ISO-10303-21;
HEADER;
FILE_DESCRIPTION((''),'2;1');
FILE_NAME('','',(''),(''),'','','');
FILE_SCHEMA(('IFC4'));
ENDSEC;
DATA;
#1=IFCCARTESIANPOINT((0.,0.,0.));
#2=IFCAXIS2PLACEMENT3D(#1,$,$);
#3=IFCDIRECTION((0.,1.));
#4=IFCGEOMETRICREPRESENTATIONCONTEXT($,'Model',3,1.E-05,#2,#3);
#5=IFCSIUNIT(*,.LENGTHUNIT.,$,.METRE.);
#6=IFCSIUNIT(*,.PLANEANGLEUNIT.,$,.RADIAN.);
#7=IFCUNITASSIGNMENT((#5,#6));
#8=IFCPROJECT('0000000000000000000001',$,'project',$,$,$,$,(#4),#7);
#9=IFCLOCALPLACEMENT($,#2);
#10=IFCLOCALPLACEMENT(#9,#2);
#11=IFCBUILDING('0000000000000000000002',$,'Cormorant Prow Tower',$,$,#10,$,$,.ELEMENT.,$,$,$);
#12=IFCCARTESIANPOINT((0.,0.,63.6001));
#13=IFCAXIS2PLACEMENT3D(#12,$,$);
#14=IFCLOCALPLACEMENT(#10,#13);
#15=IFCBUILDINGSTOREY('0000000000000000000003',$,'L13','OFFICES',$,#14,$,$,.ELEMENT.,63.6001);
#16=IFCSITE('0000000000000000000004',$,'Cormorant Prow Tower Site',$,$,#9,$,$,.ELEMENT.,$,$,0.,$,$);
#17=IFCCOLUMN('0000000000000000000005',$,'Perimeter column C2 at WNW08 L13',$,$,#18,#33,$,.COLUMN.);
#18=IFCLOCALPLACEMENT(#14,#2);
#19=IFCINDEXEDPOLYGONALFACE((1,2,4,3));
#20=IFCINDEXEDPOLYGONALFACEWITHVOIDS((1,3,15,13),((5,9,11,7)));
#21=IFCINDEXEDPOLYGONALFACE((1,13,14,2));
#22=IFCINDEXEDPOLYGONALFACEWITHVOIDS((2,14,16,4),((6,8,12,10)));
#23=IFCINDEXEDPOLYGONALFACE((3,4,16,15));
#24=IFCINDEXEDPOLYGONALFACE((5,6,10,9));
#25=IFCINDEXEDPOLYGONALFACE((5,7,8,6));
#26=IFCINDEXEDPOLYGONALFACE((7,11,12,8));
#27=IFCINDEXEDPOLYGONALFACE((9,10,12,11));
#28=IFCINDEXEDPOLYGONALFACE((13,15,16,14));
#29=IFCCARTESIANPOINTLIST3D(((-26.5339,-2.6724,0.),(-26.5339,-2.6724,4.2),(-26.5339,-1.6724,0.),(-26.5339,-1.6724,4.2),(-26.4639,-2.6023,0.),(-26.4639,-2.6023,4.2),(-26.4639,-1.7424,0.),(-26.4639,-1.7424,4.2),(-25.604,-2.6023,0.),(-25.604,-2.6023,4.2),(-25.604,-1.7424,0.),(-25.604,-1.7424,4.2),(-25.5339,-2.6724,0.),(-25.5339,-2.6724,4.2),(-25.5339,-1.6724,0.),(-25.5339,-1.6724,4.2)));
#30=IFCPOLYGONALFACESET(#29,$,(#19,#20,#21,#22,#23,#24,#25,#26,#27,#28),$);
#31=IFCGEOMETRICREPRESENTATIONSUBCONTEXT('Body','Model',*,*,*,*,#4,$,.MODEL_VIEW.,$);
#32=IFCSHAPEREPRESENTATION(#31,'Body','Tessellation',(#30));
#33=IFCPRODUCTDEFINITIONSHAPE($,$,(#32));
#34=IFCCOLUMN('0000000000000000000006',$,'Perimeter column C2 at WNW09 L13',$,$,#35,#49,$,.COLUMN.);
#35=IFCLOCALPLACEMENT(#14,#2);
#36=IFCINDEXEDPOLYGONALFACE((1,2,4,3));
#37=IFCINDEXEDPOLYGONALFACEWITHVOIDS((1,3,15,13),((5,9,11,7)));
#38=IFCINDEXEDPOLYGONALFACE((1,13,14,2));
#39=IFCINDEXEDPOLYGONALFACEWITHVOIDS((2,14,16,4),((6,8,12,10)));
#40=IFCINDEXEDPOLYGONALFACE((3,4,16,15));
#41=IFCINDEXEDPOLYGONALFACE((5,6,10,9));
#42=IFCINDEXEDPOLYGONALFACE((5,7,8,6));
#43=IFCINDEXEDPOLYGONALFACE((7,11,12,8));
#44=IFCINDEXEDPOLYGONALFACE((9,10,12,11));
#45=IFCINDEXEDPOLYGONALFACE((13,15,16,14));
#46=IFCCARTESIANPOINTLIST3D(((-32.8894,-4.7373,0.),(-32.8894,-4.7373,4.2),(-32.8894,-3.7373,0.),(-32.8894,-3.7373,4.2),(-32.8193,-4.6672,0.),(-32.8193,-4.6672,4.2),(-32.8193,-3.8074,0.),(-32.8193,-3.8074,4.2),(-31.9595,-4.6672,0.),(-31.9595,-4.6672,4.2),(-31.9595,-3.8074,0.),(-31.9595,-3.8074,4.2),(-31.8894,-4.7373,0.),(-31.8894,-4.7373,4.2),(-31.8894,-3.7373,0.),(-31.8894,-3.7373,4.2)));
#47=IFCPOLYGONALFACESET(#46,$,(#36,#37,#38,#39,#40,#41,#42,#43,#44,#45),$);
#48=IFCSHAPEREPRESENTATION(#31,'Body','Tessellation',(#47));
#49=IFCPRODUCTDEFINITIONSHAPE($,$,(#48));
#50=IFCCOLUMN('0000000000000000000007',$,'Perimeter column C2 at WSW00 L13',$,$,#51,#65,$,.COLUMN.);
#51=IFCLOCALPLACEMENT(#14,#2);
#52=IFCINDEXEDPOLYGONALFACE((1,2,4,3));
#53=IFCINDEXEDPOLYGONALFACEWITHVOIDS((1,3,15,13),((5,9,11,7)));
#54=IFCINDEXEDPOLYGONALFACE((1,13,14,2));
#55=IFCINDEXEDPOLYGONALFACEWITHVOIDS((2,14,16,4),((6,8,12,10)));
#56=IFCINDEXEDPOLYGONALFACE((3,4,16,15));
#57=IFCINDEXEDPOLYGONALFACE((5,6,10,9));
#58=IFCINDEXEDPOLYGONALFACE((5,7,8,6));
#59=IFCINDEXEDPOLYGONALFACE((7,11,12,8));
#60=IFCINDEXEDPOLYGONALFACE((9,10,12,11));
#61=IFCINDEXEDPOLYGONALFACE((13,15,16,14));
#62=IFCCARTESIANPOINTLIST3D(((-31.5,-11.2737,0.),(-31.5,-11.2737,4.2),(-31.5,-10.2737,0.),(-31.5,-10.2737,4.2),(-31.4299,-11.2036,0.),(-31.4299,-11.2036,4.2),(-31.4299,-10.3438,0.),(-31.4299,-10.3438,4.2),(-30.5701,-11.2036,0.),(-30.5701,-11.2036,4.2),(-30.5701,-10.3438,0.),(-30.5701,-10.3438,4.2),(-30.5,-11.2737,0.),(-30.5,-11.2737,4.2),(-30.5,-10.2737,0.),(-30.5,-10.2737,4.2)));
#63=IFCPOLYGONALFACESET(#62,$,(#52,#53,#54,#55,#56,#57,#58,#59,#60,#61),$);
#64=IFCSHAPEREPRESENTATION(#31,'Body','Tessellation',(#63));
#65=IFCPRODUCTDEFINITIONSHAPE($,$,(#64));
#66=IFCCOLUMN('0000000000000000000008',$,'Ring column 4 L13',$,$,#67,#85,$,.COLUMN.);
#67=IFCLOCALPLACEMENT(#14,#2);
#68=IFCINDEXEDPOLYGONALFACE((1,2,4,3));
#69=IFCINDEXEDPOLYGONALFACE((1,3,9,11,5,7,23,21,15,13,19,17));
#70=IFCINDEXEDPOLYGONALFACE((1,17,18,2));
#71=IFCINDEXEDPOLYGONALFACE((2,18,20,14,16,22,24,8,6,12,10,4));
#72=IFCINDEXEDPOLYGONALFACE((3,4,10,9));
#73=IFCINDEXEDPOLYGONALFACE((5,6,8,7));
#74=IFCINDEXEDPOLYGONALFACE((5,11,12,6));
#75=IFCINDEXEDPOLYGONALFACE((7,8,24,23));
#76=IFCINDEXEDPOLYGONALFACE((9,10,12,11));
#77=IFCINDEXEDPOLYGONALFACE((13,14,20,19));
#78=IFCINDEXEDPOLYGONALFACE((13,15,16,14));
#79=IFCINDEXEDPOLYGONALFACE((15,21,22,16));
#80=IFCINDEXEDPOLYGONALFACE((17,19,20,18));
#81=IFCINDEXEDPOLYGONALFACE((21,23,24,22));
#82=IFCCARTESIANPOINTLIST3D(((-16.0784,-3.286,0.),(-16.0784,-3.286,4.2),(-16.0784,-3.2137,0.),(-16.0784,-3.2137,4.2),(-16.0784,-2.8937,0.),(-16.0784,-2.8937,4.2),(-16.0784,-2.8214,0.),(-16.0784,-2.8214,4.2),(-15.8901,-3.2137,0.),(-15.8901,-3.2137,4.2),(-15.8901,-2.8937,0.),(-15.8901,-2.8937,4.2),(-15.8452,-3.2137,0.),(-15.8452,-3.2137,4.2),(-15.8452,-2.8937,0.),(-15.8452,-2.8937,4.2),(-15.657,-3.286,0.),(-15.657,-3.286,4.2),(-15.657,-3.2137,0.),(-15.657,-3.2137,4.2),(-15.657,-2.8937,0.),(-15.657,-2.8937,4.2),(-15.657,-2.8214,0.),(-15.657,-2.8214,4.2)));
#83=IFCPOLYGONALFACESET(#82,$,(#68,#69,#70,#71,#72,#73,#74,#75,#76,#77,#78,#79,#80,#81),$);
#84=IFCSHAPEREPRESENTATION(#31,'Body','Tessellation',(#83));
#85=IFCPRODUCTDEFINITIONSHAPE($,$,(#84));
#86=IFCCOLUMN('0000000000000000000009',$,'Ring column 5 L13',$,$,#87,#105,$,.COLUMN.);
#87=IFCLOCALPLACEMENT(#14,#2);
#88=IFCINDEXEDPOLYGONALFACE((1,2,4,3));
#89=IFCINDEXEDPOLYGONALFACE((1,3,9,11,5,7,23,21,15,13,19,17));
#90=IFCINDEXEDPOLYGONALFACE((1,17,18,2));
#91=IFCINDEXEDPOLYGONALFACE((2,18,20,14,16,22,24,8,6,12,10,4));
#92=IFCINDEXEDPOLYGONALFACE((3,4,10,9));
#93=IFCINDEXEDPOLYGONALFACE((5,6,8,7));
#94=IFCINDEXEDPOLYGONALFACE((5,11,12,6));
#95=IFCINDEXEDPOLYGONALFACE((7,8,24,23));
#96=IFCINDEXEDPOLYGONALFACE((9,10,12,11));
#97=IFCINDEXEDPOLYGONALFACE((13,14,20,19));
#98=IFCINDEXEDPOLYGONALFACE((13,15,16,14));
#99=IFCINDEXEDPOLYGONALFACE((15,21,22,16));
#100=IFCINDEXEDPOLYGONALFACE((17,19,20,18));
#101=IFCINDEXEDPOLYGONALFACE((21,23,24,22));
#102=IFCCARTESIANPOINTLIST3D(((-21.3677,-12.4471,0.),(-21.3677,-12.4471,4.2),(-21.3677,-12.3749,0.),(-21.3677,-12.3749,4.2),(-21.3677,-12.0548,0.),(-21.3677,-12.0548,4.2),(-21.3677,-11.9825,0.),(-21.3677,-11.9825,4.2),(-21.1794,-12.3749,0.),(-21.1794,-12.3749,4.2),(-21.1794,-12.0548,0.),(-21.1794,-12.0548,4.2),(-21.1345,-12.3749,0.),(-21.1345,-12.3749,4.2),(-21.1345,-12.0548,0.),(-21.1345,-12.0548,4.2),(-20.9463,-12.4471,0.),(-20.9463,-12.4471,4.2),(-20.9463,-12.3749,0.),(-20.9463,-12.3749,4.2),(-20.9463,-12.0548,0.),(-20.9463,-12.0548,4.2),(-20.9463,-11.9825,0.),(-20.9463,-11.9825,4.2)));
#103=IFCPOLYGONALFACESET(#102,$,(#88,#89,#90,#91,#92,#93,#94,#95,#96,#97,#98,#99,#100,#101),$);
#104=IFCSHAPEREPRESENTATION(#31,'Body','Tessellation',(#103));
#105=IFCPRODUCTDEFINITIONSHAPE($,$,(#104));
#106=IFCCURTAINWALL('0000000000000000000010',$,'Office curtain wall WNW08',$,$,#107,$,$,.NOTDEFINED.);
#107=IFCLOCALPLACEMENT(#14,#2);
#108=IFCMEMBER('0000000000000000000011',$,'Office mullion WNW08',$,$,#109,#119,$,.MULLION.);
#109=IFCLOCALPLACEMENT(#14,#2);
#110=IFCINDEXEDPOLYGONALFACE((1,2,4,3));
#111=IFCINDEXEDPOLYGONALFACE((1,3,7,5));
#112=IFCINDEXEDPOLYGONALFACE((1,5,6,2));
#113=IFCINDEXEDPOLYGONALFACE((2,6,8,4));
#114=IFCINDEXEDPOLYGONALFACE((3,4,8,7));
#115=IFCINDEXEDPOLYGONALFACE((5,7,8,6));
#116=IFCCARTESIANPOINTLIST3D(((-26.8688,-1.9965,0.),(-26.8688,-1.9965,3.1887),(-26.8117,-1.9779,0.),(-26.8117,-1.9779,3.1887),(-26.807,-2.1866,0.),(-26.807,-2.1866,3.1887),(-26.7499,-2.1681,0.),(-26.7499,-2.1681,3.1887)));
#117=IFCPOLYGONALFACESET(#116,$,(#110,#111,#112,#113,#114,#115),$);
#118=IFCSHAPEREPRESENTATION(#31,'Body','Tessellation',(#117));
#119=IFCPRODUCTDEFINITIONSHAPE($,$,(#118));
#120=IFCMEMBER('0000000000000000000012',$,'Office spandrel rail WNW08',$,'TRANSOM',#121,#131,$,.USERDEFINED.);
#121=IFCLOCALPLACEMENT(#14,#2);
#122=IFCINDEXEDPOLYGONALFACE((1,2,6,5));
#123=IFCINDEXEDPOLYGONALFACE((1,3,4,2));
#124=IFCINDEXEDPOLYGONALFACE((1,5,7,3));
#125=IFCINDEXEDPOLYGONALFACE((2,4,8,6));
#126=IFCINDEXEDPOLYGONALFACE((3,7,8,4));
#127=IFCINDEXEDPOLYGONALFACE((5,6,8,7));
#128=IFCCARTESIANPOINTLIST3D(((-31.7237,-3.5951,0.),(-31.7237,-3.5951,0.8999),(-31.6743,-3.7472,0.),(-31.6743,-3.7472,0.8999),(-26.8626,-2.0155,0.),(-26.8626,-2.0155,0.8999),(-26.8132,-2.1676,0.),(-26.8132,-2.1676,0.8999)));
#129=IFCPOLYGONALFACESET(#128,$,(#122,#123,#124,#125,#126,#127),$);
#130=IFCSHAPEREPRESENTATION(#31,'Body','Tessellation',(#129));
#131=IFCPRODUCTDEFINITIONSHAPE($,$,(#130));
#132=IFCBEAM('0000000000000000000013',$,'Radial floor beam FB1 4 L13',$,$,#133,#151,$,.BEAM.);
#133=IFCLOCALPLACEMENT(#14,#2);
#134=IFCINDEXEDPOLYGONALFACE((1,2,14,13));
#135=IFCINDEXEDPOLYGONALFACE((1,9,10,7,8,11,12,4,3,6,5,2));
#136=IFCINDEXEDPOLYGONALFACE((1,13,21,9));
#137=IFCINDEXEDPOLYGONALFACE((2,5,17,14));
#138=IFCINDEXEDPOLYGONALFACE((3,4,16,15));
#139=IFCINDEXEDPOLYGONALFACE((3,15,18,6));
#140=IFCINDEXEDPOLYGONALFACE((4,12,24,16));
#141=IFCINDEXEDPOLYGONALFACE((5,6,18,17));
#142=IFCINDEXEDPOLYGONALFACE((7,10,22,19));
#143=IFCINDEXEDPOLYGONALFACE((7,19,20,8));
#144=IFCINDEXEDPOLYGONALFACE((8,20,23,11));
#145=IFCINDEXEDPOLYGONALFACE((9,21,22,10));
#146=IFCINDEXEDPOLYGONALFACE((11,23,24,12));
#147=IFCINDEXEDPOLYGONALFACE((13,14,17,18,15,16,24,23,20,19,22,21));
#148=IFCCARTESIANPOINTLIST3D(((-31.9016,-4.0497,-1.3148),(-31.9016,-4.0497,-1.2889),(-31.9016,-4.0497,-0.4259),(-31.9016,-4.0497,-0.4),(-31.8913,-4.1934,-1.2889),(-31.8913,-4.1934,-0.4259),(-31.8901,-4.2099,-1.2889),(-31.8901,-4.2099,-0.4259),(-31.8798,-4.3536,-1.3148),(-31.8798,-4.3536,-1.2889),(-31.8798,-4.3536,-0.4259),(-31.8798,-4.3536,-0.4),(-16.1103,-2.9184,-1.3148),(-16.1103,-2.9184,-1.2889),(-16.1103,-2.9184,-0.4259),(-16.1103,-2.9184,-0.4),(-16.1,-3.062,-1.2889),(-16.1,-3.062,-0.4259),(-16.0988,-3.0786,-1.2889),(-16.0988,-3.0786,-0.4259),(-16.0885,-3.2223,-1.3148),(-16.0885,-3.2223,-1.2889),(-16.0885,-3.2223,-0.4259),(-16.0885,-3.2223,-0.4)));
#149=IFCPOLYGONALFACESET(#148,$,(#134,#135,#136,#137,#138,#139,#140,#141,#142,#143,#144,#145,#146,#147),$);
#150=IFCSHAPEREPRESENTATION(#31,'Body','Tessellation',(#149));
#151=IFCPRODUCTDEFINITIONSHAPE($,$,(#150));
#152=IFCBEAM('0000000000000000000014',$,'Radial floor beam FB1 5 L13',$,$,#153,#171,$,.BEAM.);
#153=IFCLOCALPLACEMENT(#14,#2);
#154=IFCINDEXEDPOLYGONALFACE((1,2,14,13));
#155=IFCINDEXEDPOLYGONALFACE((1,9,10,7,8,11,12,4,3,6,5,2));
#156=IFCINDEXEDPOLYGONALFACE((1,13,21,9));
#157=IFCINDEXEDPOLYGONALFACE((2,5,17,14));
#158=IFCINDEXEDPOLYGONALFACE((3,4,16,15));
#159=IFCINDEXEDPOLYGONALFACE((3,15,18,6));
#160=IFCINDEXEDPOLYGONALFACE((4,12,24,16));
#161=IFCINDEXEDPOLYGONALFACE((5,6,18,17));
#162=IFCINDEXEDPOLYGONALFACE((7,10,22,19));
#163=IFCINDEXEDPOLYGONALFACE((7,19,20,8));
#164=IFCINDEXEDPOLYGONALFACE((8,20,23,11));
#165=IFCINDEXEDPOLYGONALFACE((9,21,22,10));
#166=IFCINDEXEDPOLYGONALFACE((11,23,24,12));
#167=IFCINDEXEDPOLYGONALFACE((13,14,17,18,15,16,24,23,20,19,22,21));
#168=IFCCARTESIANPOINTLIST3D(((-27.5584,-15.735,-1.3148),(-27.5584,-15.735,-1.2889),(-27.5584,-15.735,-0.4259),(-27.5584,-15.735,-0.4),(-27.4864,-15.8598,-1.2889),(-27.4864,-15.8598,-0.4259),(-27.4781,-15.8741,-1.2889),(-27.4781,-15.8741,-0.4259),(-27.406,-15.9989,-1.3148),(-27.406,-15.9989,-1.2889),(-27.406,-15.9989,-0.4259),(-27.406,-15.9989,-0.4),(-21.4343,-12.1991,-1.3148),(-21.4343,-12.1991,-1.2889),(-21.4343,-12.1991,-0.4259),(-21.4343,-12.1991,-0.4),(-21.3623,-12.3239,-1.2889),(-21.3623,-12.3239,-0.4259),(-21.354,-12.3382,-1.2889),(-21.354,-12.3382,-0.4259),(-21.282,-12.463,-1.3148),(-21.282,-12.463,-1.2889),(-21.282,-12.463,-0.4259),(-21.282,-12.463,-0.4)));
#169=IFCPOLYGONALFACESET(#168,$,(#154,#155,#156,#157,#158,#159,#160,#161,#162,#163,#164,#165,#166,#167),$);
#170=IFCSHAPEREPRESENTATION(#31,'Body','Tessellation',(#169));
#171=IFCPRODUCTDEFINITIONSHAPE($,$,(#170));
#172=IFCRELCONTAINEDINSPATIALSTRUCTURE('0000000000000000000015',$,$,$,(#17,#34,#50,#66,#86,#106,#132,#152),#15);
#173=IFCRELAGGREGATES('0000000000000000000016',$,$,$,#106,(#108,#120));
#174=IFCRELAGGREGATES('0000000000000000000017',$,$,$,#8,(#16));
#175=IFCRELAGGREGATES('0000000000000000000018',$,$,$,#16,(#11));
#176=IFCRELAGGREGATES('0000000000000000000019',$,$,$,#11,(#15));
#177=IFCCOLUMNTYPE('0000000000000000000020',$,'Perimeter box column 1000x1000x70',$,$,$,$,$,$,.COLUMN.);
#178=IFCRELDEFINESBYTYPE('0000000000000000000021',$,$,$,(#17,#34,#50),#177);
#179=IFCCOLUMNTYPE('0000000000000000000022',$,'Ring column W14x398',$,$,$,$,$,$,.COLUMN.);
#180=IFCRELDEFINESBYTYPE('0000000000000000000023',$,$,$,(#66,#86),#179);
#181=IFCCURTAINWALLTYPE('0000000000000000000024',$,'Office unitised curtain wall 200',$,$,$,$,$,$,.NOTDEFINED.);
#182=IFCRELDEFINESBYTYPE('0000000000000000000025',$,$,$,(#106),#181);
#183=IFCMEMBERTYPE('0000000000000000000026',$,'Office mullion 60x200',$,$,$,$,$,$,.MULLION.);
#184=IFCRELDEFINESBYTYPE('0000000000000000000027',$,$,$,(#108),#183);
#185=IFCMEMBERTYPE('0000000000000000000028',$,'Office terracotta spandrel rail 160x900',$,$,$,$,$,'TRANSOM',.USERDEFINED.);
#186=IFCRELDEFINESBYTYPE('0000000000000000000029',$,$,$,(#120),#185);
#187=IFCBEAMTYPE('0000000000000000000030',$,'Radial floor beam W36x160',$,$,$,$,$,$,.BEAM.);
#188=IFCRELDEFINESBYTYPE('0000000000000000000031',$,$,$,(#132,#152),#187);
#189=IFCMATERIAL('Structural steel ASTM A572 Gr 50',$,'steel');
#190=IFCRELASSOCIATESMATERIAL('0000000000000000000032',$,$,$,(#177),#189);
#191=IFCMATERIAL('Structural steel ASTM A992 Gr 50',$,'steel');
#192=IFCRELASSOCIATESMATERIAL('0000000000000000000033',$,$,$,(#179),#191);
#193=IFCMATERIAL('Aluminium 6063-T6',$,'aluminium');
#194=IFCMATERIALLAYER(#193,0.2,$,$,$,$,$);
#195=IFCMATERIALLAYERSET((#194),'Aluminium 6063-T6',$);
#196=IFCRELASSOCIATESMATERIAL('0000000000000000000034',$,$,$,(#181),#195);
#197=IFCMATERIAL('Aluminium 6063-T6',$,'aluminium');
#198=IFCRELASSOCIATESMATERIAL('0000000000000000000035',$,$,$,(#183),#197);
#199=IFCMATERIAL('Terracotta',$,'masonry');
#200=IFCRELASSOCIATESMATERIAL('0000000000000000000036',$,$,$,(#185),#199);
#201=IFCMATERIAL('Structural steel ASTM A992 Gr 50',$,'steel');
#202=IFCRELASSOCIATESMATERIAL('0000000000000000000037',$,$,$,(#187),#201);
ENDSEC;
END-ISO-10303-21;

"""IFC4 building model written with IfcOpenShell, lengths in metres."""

from ifc_helpers import new_model, si_unit, direction, frame, origin, origin_2d, place, context, subcontext, project, spatial, rectangle, hollow_rectangle, i_section, extrude, material, layer, layer_set, material_profile, profile_set, type_object, element, aggregate, save


model = new_model("IFC4")

# Units and contexts
model_context = context("Model", 3, precision=1e-05, world=origin(), true_north=direction((0.0, 1.0)))
body_context = subcontext(model_context, "Body", "Model", "MODEL_VIEW")
ifc_project = project(units=[si_unit("LENGTHUNIT", "METRE"), si_unit("PLANEANGLEUNIT", "RADIAN")], contexts=[model_context])

# Site, building, storey
site_placement = place(None, origin())
site = spatial("IfcSite", under=ifc_project, at=site_placement, Name="Cormorant Prow Tower Site", CompositionType="ELEMENT", RefElevation=0.0)
building_placement = place(site_placement, origin())
building = spatial("IfcBuilding", under=site, at=building_placement, Name="Cormorant Prow Tower", CompositionType="ELEMENT")
storey_placement = place(building_placement, frame((0.0, 0.0, 63.6001)))
storey = spatial("IfcBuildingStorey", under=building, at=storey_placement, Name="L13", Description="OFFICES", CompositionType="ELEMENT", Elevation=63.6001)

# Columns
ifc_material_1 = material(Name="Structural steel ASTM A572 Gr 50", Category="steel")
ifc_material_profile_1 = material_profile(ifc_material_1, hollow_rectangle(XDim=1.0, YDim=1.0, WallThickness=0.0701, at=origin_2d()), Name="Box 1000x1000x70")
ifc_profile_set_1 = profile_set([ifc_material_profile_1], Name="Structural steel ASTM A572 Gr 50")
column_type_1 = type_object("IfcColumnType", Name="Perimeter box column 1000x1000x70", PredefinedType="COLUMN", material=ifc_profile_set_1)
for number, where, z_axis, x_axis, name in (
    (1, (-26.0339, -2.1724, 0.0), (0.0, 0.0, 1.0), (1.0, 0.0, 0.0), "Perimeter column C2 at WNW08 L13"),
    (2, (-32.3894, -4.2373, 0.0), (0.0, 0.0, 1.0), (1.0, 0.0, 0.0), "Perimeter column C2 at WNW09 L13"),
    (3, (-31.0, -10.7737, 0.0), (0.0, 0.0, 1.0), (1.0, 0.0, 0.0), "Perimeter column C2 at WSW00 L13"),
):
    element("IfcColumn", number, at=place(storey_placement, frame(where, z_axis=z_axis, x_axis=x_axis)), inside=storey, type_object=column_type_1, Name=name, PredefinedType="COLUMN", context=body_context, shape_type="SweptSolid", body=[
        extrude(hollow_rectangle(XDim=1.0, YDim=1.0, WallThickness=0.0701, at=origin_2d()), origin(), (0.0, 0.0, 1.0), 4.2),
    ])
ifc_material_2 = material(Name="Structural steel ASTM A992 Gr 50", Category="steel")
ifc_material_profile_2 = material_profile(ifc_material_2, i_section(OverallWidth=0.4214, OverallDepth=0.4646, WebThickness=0.0449, FlangeThickness=0.0723, at=origin_2d()), Name="W14x398")
ifc_profile_set_2 = profile_set([ifc_material_profile_2], Name="Structural steel ASTM A992 Gr 50")
column_type_2 = type_object("IfcColumnType", Name="Ring column W14x398", PredefinedType="COLUMN", material=ifc_profile_set_2)
for number, where, z_axis, x_axis, name in (
    (4, (-15.8677, -3.0537, 0.0), (0.0, 0.0, 1.0), (1.0, 0.0, 0.0), "Ring column 4 L13"),
    (5, (-21.157, -12.2148, 0.0), (0.0, 0.0, 1.0), (1.0, 0.0, 0.0), "Ring column 5 L13"),
):
    element("IfcColumn", number, at=place(storey_placement, frame(where, z_axis=z_axis, x_axis=x_axis)), inside=storey, type_object=column_type_2, Name=name, PredefinedType="COLUMN", context=body_context, shape_type="SweptSolid", body=[
        extrude(i_section(OverallWidth=0.4214, OverallDepth=0.4646, WebThickness=0.0449, FlangeThickness=0.0723, at=origin_2d()), origin(), (0.0, 0.0, 1.0), 4.2),
    ])

# Curtain wall, members
ifc_material_3 = material(Name="Aluminium 6063-T6", Category="aluminium")
ifc_layer_1 = layer(ifc_material_3, 0.2)
ifc_layer_set_1 = layer_set([ifc_layer_1], Name="Aluminium 6063-T6")
curtain_wall_type = type_object("IfcCurtainWallType", Name="Office unitised curtain wall 200", PredefinedType="NOTDEFINED", material=ifc_layer_set_1)
curtain_wall_placement = place(storey_placement, origin())
curtain_wall = element("IfcCurtainWall", 6, at=curtain_wall_placement, inside=storey, type_object=curtain_wall_type, Name="Office curtain wall WNW08", PredefinedType="NOTDEFINED")
ifc_material_4 = material(Name="Aluminium 6063-T6", Category="aluminium")
ifc_material_profile_3 = material_profile(ifc_material_4, rectangle(XDim=0.2, YDim=0.0601, at=origin_2d()), Name="Office mullion 60x200")
ifc_profile_set_3 = profile_set([ifc_material_profile_3], Name="Aluminium 6063-T6")
member_type_1 = type_object("IfcMemberType", Name="Office mullion 60x200", PredefinedType="MULLION", material=ifc_profile_set_3)
member_1_placement = place(storey_placement, frame((-26.8093, -2.0823, 0.0), z_axis=(0.0, 0.0, 1.0), x_axis=(0.309017, -0.951057, 0.0)))
member_1 = element("IfcMember", 7, at=member_1_placement, type_object=member_type_1, Name="Office mullion WNW08", PredefinedType="MULLION", context=body_context, shape_type="SweptSolid", body=[
    extrude(rectangle(XDim=0.2, YDim=0.0601, at=origin_2d()), origin(), (0.0, 0.0, 1.0), 3.1887),
])
ifc_material_5 = material(Name="Terracotta", Category="masonry")
ifc_material_profile_4 = material_profile(ifc_material_5, rectangle(XDim=0.1599, YDim=0.8999, at=origin_2d()), Name="Office terracotta spandrel rail 160x900")
ifc_profile_set_4 = profile_set([ifc_material_profile_4], Name="Terracotta")
member_type_2 = type_object("IfcMemberType", Name="Office terracotta spandrel rail 160x900", ElementType="TRANSOM", PredefinedType="USERDEFINED", material=ifc_profile_set_4)
member_2_placement = place(storey_placement, frame((-26.8379, -2.0916, 0.45), z_axis=(-0.951049, -0.30904, 0.0), x_axis=(0.30904, -0.951049, 0.0)))
member_2 = element("IfcMember", 8, at=member_2_placement, type_object=member_type_2, Name="Office spandrel rail WNW08", ObjectType="TRANSOM", PredefinedType="USERDEFINED", context=body_context, shape_type="SweptSolid", body=[
    extrude(rectangle(XDim=0.1599, YDim=0.8999, at=origin_2d()), origin(), (0.0, 0.0, 1.0), 5.1113),
])

# Beams
ifc_material_6 = material(Name="Structural steel ASTM A992 Gr 50", Category="steel")
ifc_material_profile_5 = material_profile(ifc_material_6, i_section(OverallWidth=0.3047, OverallDepth=0.9148, WebThickness=0.0166, FlangeThickness=0.0259, at=origin_2d()), Name="W36x160")
ifc_profile_set_5 = profile_set([ifc_material_profile_5], Name="Structural steel ASTM A992 Gr 50")
beam_type_1 = type_object("IfcBeamType", Name="Radial floor beam W36x160", PredefinedType="BEAM", material=ifc_profile_set_5)
beam_1_placement = place(storey_placement, frame((-16.0994, -3.0703, -0.8574), z_axis=(-0.997443, -0.071461, 0.0), x_axis=(0.071461, -0.997443, 0.0)))
element("IfcBeam", 9, at=beam_1_placement, inside=storey, type_object=beam_type_1, Name="Radial floor beam FB1 4 L13", PredefinedType="BEAM", context=body_context, shape_type="SweptSolid", body=[
    extrude(i_section(OverallWidth=0.3047, OverallDepth=0.9148, WebThickness=0.0166, FlangeThickness=0.0259, at=origin_2d()), origin(), (0.0, 0.0, 1.0), 15.8318),
])
beam_2_placement = place(storey_placement, frame((-21.3582, -12.3311, -0.8574), z_axis=(-0.866014, -0.500019, 0.0), x_axis=(0.500019, -0.866014, 0.0)))
element("IfcBeam", 10, at=beam_2_placement, inside=storey, type_object=beam_type_1, Name="Radial floor beam FB1 5 L13", PredefinedType="BEAM", context=body_context, shape_type="SweptSolid", body=[
    extrude(i_section(OverallWidth=0.3047, OverallDepth=0.9148, WebThickness=0.0166, FlangeThickness=0.0259, at=origin_2d()), origin(), (0.0, 0.0, 1.0), 7.0715),
])

aggregate(curtain_wall, [member_1, member_2])

save(model, "model.ifc")
